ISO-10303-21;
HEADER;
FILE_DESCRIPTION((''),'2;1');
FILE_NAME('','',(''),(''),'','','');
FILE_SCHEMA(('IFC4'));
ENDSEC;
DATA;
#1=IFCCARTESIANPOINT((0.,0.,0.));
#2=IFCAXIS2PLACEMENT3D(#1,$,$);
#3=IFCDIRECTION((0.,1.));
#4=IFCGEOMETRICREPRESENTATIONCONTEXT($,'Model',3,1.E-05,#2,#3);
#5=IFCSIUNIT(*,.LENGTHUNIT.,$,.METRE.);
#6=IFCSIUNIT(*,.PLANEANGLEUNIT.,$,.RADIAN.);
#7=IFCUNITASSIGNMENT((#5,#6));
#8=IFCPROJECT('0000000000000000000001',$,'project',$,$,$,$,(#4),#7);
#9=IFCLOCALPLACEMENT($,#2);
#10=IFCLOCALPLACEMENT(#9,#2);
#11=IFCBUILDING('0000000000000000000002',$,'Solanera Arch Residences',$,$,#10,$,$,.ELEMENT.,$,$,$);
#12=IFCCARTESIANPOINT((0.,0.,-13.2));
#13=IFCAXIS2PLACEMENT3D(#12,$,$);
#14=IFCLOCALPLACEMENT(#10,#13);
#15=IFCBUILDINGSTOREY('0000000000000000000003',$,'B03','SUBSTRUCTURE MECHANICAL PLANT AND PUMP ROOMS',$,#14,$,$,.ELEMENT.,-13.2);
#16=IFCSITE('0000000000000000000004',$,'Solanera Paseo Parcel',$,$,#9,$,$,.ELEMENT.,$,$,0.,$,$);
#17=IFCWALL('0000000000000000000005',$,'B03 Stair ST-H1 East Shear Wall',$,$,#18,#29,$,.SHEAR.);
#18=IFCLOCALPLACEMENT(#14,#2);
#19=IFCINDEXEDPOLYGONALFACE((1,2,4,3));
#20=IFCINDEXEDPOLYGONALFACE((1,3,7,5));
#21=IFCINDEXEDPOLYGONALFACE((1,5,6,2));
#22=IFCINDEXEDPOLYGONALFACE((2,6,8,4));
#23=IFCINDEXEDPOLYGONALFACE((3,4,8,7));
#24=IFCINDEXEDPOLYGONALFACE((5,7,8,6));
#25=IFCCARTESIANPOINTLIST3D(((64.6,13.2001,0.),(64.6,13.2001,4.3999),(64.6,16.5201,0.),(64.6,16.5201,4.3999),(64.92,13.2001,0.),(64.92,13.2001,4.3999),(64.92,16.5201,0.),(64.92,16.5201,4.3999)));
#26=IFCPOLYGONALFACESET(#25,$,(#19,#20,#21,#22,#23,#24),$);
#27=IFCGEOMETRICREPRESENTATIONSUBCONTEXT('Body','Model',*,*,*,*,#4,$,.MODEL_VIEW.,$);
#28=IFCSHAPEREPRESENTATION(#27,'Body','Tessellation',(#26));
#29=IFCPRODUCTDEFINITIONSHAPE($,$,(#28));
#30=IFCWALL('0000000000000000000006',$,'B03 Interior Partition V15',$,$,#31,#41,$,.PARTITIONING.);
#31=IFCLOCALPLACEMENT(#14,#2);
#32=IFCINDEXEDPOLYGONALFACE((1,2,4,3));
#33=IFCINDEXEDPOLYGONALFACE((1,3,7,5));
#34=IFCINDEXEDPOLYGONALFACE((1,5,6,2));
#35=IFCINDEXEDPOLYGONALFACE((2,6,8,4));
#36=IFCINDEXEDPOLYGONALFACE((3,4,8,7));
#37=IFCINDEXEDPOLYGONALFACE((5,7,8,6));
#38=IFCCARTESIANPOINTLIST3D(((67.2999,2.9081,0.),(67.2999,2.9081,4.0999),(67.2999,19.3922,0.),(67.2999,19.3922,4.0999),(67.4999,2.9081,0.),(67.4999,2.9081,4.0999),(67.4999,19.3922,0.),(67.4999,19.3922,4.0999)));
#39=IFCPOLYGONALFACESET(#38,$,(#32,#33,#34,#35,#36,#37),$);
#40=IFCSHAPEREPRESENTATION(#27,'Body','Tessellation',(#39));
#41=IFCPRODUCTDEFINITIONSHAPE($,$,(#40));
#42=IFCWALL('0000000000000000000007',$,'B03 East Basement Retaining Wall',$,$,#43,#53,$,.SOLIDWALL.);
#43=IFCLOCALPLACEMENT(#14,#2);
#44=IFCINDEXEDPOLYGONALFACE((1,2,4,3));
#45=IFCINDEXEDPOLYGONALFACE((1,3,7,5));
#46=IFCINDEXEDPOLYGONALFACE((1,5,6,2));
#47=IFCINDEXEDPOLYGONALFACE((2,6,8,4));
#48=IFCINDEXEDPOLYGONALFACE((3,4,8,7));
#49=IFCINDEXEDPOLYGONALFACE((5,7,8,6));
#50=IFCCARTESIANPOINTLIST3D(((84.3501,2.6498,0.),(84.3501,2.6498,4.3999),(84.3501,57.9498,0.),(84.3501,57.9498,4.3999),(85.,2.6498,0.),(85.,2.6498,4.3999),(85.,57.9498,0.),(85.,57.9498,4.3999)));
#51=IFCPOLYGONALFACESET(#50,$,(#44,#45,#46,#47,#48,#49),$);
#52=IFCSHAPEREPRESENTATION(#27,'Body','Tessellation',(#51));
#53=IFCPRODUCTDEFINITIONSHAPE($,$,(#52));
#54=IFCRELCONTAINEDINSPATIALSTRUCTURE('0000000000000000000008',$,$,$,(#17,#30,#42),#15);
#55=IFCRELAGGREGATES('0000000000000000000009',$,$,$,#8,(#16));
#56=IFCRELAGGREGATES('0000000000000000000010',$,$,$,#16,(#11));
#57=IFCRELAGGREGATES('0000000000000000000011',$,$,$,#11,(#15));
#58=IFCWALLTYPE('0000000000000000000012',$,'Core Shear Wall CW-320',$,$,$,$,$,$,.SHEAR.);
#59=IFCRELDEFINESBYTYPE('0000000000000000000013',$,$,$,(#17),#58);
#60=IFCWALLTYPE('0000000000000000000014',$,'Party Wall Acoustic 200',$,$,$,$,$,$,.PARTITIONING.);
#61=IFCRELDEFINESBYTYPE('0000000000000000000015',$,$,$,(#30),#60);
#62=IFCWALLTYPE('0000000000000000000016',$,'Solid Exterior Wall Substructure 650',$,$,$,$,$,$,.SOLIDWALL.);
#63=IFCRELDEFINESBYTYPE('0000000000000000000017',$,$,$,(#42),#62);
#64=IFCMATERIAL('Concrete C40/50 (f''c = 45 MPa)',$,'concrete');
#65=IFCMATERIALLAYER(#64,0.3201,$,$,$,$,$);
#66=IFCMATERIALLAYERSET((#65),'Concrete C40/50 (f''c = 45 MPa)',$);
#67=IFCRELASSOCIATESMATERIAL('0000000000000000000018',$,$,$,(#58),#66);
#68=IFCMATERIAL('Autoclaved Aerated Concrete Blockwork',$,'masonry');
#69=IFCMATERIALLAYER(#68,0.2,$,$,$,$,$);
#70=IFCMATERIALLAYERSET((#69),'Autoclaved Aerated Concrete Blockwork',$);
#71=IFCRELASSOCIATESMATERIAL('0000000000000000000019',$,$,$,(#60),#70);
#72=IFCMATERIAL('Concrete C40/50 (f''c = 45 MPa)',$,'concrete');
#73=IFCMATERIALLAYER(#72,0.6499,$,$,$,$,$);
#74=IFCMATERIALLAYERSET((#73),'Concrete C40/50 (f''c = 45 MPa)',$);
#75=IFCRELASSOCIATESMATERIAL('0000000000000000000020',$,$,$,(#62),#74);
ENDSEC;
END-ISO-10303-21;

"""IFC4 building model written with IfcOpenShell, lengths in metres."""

from ifc_helpers import new_model, si_unit, direction, frame, frame_2d, origin, place, context, subcontext, project, spatial, rectangle, extrude, material, layer, layer_set, type_object, element, save


model = new_model("IFC4")

# Units and contexts
model_context = context("Model", 3, precision=1e-05, world=origin(), true_north=direction((0.0, 1.0)))
body_context = subcontext(model_context, "Body", "Model", "MODEL_VIEW")
ifc_project = project(units=[si_unit("LENGTHUNIT", "METRE"), si_unit("PLANEANGLEUNIT", "RADIAN")], contexts=[model_context])

# Site, building, storey
site_placement = place(None, origin())
site = spatial("IfcSite", under=ifc_project, at=site_placement, Name="Solanera Paseo Parcel", CompositionType="ELEMENT", RefElevation=0.0)
building_placement = place(site_placement, origin())
building = spatial("IfcBuilding", under=site, at=building_placement, Name="Solanera Arch Residences", CompositionType="ELEMENT")
storey_placement = place(building_placement, frame((0.0, 0.0, -13.2)))
storey = spatial("IfcBuildingStorey", under=building, at=storey_placement, Name="B03", Description="SUBSTRUCTURE MECHANICAL PLANT AND PUMP ROOMS", CompositionType="ELEMENT", Elevation=-13.2)

# Walls
ifc_material_1 = material(Name="Concrete C40/50 (f'c = 45 MPa)", Category="concrete")
ifc_layer_1 = layer(ifc_material_1, 0.3201)
ifc_layer_set_1 = layer_set([ifc_layer_1], Name="Concrete C40/50 (f'c = 45 MPa)")
wall_type_1 = type_object("IfcWallType", Name="Core Shear Wall CW-320", PredefinedType="SHEAR", material=ifc_layer_set_1)
wall_1_placement = place(storey_placement, frame((64.76, 13.2, 0.0), z_axis=(0.0, 0.0, 1.0), x_axis=(0.0, 1.0, 0.0)))
element("IfcWall", 1, at=wall_1_placement, inside=storey, type_object=wall_type_1, Name="B03 Stair ST-H1 East Shear Wall", PredefinedType="SHEAR", context=body_context, shape_type="SweptSolid", body=[
    extrude(rectangle(XDim=3.3201, YDim=0.3201, at=frame_2d((1.6602, 0.0))), origin(), (0.0, 0.0, 1.0), 4.3999),
])
ifc_material_2 = material(Name="Autoclaved Aerated Concrete Blockwork", Category="masonry")
ifc_layer_2 = layer(ifc_material_2, 0.2)
ifc_layer_set_2 = layer_set([ifc_layer_2], Name="Autoclaved Aerated Concrete Blockwork")
wall_type_2 = type_object("IfcWallType", Name="Party Wall Acoustic 200", PredefinedType="PARTITIONING", material=ifc_layer_set_2)
wall_2_placement = place(storey_placement, frame((67.3999, 2.908, 0.0), z_axis=(0.0, 0.0, 1.0), x_axis=(0.0, 1.0, 0.0)))
element("IfcWall", 2, at=wall_2_placement, inside=storey, type_object=wall_type_2, Name="B03 Interior Partition V15", PredefinedType="PARTITIONING", context=body_context, shape_type="SweptSolid", body=[
    extrude(rectangle(XDim=16.4841, YDim=0.2, at=frame_2d((8.2422, 0.0))), origin(), (0.0, 0.0, 1.0), 4.0999),
])
ifc_material_3 = material(Name="Concrete C40/50 (f'c = 45 MPa)", Category="concrete")
ifc_layer_3 = layer(ifc_material_3, 0.6499)
ifc_layer_set_3 = layer_set([ifc_layer_3], Name="Concrete C40/50 (f'c = 45 MPa)")
wall_type_3 = type_object("IfcWallType", Name="Solid Exterior Wall Substructure 650", PredefinedType="SOLIDWALL", material=ifc_layer_set_3)
wall_3_placement = place(storey_placement, frame((84.675, 2.6499, 0.0), z_axis=(0.0, 0.0, 1.0), x_axis=(0.0, 1.0, 0.0)))
element("IfcWall", 3, at=wall_3_placement, inside=storey, type_object=wall_type_3, Name="B03 East Basement Retaining Wall", PredefinedType="SOLIDWALL", context=body_context, shape_type="SweptSolid", body=[
    extrude(rectangle(XDim=55.3, YDim=0.6499, at=frame_2d((27.6499, 0.0))), origin(), (0.0, 0.0, 1.0), 4.3999),
])

save(model, "model.ifc")
